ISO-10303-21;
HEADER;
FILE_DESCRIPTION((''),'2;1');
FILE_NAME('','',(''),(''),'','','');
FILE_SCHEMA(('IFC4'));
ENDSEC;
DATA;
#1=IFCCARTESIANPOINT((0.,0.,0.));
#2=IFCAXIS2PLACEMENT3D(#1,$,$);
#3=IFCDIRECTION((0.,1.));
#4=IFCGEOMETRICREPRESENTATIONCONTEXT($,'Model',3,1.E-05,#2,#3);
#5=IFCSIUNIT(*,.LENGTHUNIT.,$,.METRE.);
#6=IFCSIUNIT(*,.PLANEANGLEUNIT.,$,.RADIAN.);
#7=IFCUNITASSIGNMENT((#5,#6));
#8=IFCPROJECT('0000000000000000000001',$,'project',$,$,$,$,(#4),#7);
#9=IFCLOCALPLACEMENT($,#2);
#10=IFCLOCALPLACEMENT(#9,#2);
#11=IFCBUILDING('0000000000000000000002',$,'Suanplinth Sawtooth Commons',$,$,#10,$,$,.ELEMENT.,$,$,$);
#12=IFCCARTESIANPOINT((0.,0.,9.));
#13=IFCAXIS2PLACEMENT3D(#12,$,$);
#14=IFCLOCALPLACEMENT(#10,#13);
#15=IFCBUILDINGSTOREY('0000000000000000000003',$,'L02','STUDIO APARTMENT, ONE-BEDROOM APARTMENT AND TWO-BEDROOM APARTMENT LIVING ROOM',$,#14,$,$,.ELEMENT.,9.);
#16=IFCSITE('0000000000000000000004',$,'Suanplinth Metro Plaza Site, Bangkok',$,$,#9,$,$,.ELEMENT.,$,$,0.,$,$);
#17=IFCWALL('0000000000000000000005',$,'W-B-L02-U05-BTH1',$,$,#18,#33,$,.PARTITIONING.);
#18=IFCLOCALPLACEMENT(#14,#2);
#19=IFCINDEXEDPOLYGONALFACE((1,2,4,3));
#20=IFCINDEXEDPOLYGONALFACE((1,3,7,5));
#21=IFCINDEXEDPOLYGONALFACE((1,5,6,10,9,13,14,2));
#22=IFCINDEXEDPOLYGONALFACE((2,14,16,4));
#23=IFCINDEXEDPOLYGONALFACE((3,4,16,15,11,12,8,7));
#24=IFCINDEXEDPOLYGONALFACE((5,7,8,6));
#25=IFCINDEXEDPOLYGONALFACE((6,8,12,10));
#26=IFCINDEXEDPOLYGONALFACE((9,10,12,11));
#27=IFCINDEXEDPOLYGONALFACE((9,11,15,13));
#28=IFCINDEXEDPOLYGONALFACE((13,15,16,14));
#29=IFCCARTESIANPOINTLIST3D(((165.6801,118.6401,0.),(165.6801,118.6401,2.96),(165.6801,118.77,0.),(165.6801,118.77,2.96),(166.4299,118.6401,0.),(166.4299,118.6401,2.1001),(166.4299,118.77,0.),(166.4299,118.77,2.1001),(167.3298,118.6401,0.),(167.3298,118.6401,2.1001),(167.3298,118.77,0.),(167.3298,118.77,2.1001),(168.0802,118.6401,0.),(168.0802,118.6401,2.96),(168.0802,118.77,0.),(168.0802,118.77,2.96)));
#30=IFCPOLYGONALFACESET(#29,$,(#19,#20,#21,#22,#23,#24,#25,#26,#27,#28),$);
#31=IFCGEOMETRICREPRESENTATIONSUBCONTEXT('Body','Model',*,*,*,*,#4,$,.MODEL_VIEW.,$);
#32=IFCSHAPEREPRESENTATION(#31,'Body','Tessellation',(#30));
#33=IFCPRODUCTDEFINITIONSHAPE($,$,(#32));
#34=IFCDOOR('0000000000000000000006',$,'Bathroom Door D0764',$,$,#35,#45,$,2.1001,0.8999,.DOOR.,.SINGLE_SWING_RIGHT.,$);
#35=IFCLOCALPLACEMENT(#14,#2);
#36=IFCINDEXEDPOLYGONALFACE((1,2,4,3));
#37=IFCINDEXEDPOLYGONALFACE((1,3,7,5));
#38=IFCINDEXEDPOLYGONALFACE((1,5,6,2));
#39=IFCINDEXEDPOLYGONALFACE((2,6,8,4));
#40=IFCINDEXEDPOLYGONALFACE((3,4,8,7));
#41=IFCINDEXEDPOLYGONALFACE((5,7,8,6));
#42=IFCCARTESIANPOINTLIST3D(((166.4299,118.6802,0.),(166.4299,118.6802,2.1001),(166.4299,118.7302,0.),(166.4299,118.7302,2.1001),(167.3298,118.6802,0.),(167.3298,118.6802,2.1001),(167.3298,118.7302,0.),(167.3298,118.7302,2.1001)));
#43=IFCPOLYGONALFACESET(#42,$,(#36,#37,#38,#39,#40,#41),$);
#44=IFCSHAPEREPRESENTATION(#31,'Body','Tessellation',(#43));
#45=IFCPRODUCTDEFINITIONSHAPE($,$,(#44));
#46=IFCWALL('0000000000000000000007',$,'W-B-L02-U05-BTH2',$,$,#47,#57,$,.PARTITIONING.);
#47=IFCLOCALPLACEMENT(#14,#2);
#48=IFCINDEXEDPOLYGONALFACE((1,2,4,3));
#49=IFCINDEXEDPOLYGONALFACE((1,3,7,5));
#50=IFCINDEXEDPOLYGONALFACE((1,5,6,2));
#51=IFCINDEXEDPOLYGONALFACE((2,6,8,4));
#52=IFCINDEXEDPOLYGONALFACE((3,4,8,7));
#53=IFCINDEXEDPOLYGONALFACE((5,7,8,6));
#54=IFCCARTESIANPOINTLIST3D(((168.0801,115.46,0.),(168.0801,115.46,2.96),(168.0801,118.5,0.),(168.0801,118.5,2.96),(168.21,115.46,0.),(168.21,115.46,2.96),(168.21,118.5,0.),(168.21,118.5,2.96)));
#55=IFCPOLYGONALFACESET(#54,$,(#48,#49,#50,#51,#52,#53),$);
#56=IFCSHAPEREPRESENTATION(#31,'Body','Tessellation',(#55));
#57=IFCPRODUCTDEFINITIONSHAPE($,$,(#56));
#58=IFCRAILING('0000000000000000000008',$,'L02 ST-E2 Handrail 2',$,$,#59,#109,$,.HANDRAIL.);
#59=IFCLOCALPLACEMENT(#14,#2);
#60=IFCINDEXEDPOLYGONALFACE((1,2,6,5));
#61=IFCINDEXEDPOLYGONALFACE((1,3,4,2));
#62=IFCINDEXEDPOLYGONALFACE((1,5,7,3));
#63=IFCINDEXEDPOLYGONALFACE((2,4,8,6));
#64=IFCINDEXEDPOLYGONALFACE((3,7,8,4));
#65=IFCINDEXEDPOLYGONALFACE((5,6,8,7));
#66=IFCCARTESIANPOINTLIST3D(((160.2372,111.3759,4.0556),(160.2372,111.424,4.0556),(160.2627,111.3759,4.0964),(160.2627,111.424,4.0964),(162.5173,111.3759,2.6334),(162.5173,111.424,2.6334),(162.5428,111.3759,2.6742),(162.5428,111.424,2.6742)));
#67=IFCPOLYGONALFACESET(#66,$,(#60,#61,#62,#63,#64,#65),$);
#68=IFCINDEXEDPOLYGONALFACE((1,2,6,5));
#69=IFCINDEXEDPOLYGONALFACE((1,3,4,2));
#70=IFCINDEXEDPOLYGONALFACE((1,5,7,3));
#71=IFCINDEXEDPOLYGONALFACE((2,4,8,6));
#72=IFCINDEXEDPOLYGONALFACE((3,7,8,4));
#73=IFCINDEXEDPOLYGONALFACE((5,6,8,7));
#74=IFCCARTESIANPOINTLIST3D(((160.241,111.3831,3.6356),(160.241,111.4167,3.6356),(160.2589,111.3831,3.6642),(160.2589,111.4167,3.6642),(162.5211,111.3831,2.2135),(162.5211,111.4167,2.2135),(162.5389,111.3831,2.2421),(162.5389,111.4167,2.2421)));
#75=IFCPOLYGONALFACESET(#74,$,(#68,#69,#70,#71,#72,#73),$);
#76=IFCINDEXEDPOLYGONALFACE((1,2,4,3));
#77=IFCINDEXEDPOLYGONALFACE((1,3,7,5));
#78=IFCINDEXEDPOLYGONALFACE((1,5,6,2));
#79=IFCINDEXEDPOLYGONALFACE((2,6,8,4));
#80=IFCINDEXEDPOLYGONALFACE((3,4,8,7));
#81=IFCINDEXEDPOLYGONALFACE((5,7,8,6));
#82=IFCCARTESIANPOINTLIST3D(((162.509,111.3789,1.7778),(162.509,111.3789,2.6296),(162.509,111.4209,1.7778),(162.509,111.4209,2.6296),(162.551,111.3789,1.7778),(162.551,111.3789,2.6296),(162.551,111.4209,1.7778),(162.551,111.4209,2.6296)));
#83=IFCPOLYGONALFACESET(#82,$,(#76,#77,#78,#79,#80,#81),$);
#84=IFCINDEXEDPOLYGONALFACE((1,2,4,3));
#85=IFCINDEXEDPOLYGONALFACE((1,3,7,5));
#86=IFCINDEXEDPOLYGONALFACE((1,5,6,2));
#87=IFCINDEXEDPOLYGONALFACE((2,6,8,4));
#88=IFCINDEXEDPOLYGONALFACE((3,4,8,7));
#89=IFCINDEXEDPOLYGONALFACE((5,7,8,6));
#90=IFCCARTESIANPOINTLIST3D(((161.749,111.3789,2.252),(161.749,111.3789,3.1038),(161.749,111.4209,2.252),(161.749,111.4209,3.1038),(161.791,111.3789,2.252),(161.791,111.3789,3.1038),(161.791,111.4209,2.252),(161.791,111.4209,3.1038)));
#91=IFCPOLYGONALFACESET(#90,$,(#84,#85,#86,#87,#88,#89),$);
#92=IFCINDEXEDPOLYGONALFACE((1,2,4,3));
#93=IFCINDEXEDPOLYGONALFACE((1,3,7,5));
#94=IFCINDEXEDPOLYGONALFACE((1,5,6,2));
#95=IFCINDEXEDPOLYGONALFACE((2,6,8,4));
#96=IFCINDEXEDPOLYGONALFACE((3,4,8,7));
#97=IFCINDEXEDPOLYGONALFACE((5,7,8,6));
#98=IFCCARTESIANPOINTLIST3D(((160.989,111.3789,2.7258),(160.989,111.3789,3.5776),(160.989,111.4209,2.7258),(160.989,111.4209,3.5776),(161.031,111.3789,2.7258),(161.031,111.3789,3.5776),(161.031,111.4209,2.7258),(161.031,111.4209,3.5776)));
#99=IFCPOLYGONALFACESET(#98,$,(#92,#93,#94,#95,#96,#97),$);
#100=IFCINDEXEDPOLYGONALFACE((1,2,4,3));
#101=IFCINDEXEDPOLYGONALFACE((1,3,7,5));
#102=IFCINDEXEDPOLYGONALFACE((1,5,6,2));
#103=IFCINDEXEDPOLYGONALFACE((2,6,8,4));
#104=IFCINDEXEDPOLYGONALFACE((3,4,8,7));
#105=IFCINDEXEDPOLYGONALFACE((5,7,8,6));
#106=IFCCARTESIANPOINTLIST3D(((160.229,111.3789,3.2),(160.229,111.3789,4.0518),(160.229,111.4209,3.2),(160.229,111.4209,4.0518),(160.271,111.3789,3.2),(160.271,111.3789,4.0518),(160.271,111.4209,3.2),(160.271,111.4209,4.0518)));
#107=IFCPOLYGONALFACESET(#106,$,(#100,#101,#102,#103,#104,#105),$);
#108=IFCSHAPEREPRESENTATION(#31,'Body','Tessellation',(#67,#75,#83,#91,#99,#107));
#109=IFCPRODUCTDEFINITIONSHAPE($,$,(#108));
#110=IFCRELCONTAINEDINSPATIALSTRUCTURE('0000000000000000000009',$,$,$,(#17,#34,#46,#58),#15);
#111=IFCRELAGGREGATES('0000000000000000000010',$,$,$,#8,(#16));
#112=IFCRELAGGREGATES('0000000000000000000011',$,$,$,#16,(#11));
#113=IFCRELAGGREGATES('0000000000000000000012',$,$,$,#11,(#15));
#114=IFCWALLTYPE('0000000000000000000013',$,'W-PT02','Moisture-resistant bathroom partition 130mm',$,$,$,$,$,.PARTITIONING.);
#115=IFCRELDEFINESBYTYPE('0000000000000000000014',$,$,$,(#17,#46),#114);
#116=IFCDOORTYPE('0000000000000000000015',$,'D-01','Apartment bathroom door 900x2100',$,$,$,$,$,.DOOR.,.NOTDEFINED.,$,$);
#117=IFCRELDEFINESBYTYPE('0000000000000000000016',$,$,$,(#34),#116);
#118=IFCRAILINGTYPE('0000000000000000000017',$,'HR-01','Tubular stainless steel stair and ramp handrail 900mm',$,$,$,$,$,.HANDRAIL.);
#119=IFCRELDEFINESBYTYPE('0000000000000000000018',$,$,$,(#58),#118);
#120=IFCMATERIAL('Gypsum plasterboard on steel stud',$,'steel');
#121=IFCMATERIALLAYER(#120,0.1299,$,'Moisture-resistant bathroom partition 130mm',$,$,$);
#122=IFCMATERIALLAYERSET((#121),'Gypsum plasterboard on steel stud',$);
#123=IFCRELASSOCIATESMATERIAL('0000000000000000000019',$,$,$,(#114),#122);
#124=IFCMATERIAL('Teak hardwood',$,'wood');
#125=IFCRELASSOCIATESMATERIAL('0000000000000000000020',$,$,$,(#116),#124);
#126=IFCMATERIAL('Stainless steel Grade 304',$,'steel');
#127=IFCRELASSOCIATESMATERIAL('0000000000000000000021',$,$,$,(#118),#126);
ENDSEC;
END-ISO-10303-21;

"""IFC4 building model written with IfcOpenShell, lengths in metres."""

from ifc_helpers import new_model, si_unit, direction, frame, frame_2d, origin, origin_2d, place, context, subcontext, project, spatial, rectangle, extrude, material, layer, layer_set, type_object, element, fill, save


model = new_model("IFC4")

# Units and contexts
model_context = context("Model", 3, precision=1e-05, world=origin(), true_north=direction((0.0, 1.0)))
body_context = subcontext(model_context, "Body", "Model", "MODEL_VIEW")
ifc_project = project(units=[si_unit("LENGTHUNIT", "METRE"), si_unit("PLANEANGLEUNIT", "RADIAN")], contexts=[model_context])

# Site, building, storey
site_placement = place(None, origin())
site = spatial("IfcSite", under=ifc_project, at=site_placement, Name="Suanplinth Metro Plaza Site, Bangkok", CompositionType="ELEMENT", RefElevation=0.0)
building_placement = place(site_placement, origin())
building = spatial("IfcBuilding", under=site, at=building_placement, Name="Suanplinth Sawtooth Commons", CompositionType="ELEMENT")
storey_placement = place(building_placement, frame((0.0, 0.0, 9.0)))
storey = spatial("IfcBuildingStorey", under=building, at=storey_placement, Name="L02", Description="STUDIO APARTMENT, ONE-BEDROOM APARTMENT AND TWO-BEDROOM APARTMENT LIVING ROOM", CompositionType="ELEMENT", Elevation=9.0)

# Shared definitions
ifc_material_1 = material(Name="Gypsum plasterboard on steel stud", Category="steel")
ifc_material_2 = material(Name="Teak hardwood", Category="wood")

# Shared definitions
ifc_layer_1 = layer(ifc_material_1, 0.1299, Name="Moisture-resistant bathroom partition 130mm")
ifc_layer_set_1 = layer_set([ifc_layer_1], Name="Gypsum plasterboard on steel stud")
wall_type_1 = type_object("IfcWallType", Name="W-PT02", Description="Moisture-resistant bathroom partition 130mm", PredefinedType="PARTITIONING", material=ifc_layer_set_1)

# Wall, opening, door
wall_1_placement = place(storey_placement, frame((165.6799, 118.7051, 0.0), z_axis=(0.0, 0.0, 1.0), x_axis=(1.0, 0.0, 0.0)))
wall_1 = element("IfcWall", 1, at=wall_1_placement, inside=storey, type_object=wall_type_1, Name="W-B-L02-U05-BTH1", PredefinedType="PARTITIONING", context=body_context, shape_type="SweptSolid", body=[
    extrude(rectangle(XDim=2.4001, YDim=0.1299, at=frame_2d((1.2002, 0.0))), origin(), (0.0, 0.0, 1.0), 2.96),
])
opening_1_placement = place(wall_1_placement, frame((0.75, 0.0, 0.0)))
opening_1 = element("IfcOpeningElement", 2, at=opening_1_placement, cuts=wall_1, PredefinedType="OPENING", context=body_context, shape_type="SweptSolid", body=[
    extrude(rectangle(XDim=0.8999, YDim=2.1001, at=frame_2d((0.45, 1.05))), frame((0.0, 0.0798, 0.0), z_axis=(0.0, -1.0, 0.0), x_axis=(1.0, 0.0, 0.0)), (0.0, 0.0, 1.0), 0.1597),
])
door_type_1 = type_object("IfcDoorType", Name="D-01", Description="Apartment bathroom door 900x2100", OperationType="NOTDEFINED", PredefinedType="DOOR", material=ifc_material_2)
door_1_placement = place(opening_1_placement, frame((0.8999, 0.0, 0.0), z_axis=(0.0, 0.0, 1.0), x_axis=(-1.0, 0.0, 0.0)))
door_1 = element("IfcDoor", 3, at=door_1_placement, inside=storey, type_object=door_type_1, Name="Bathroom Door D0764", OperationType="SINGLE_SWING_RIGHT", OverallHeight=2.1001, OverallWidth=0.8999, PredefinedType="DOOR", context=body_context, shape_type="SweptSolid", body=[
    extrude(rectangle(XDim=0.8999, YDim=2.1001, at=frame_2d((0.45, 1.05))), frame((0.0, 0.0249, 0.0), z_axis=(0.0, -1.0, 0.0), x_axis=(1.0, 0.0, 0.0)), (0.0, 0.0, 1.0), 0.05),
])
fill(opening_1, door_1)

# Wall
wall_2_placement = place(storey_placement, frame((168.145, 115.46, 0.0), z_axis=(0.0, 0.0, 1.0), x_axis=(0.0, 1.0, 0.0)))
element("IfcWall", 4, at=wall_2_placement, inside=storey, type_object=wall_type_1, Name="W-B-L02-U05-BTH2", PredefinedType="PARTITIONING", context=body_context, shape_type="SweptSolid", body=[
    extrude(rectangle(XDim=3.04, YDim=0.1299, at=frame_2d((1.52, 0.0))), origin(), (0.0, 0.0, 1.0), 2.96),
])

# Railing
ifc_material_3 = material(Name="Stainless steel Grade 304", Category="steel")
railing_type = type_object("IfcRailingType", Name="HR-01", Description="Tubular stainless steel stair and ramp handrail 900mm", PredefinedType="HANDRAIL", material=ifc_material_3)
railing_placement = place(storey_placement, frame((162.53, 111.3999, 1.7778)))
element("IfcRailing", 5, at=railing_placement, inside=storey, type_object=railing_type, Name="L02 ST-E2 Handrail 2", PredefinedType="HANDRAIL", context=body_context, shape_type="SweptSolid", body=[
    extrude(rectangle(XDim=0.0481, YDim=0.0481, at=origin_2d()), frame((0.0, 0.0, 0.876), z_axis=(-0.848483, 0.0, 0.529223), x_axis=(0.0, -1.0, 0.0)), (0.0, 0.0, 1.0), 2.6873),
    extrude(rectangle(XDim=0.0337, YDim=0.0337, at=origin_2d()), frame((0.0, 0.0, 0.45), z_axis=(-0.848483, 0.0, 0.529223), x_axis=(0.0, -1.0, 0.0)), (0.0, 0.0, 1.0), 2.6873),
    extrude(rectangle(XDim=0.042, YDim=0.042, at=origin_2d()), origin(), (0.0, 0.0, 1.0), 0.8518),
    extrude(rectangle(XDim=0.042, YDim=0.042, at=origin_2d()), frame((-0.76, 0.0, 0.4741)), (0.0, 0.0, 1.0), 0.8518),
    extrude(rectangle(XDim=0.042, YDim=0.042, at=origin_2d()), frame((-1.52, 0.0, 0.948)), (0.0, 0.0, 1.0), 0.8518),
    extrude(rectangle(XDim=0.042, YDim=0.042, at=origin_2d()), frame((-2.28, 0.0, 1.4221)), (0.0, 0.0, 1.0), 0.8518),
])

save(model, "model.ifc")
